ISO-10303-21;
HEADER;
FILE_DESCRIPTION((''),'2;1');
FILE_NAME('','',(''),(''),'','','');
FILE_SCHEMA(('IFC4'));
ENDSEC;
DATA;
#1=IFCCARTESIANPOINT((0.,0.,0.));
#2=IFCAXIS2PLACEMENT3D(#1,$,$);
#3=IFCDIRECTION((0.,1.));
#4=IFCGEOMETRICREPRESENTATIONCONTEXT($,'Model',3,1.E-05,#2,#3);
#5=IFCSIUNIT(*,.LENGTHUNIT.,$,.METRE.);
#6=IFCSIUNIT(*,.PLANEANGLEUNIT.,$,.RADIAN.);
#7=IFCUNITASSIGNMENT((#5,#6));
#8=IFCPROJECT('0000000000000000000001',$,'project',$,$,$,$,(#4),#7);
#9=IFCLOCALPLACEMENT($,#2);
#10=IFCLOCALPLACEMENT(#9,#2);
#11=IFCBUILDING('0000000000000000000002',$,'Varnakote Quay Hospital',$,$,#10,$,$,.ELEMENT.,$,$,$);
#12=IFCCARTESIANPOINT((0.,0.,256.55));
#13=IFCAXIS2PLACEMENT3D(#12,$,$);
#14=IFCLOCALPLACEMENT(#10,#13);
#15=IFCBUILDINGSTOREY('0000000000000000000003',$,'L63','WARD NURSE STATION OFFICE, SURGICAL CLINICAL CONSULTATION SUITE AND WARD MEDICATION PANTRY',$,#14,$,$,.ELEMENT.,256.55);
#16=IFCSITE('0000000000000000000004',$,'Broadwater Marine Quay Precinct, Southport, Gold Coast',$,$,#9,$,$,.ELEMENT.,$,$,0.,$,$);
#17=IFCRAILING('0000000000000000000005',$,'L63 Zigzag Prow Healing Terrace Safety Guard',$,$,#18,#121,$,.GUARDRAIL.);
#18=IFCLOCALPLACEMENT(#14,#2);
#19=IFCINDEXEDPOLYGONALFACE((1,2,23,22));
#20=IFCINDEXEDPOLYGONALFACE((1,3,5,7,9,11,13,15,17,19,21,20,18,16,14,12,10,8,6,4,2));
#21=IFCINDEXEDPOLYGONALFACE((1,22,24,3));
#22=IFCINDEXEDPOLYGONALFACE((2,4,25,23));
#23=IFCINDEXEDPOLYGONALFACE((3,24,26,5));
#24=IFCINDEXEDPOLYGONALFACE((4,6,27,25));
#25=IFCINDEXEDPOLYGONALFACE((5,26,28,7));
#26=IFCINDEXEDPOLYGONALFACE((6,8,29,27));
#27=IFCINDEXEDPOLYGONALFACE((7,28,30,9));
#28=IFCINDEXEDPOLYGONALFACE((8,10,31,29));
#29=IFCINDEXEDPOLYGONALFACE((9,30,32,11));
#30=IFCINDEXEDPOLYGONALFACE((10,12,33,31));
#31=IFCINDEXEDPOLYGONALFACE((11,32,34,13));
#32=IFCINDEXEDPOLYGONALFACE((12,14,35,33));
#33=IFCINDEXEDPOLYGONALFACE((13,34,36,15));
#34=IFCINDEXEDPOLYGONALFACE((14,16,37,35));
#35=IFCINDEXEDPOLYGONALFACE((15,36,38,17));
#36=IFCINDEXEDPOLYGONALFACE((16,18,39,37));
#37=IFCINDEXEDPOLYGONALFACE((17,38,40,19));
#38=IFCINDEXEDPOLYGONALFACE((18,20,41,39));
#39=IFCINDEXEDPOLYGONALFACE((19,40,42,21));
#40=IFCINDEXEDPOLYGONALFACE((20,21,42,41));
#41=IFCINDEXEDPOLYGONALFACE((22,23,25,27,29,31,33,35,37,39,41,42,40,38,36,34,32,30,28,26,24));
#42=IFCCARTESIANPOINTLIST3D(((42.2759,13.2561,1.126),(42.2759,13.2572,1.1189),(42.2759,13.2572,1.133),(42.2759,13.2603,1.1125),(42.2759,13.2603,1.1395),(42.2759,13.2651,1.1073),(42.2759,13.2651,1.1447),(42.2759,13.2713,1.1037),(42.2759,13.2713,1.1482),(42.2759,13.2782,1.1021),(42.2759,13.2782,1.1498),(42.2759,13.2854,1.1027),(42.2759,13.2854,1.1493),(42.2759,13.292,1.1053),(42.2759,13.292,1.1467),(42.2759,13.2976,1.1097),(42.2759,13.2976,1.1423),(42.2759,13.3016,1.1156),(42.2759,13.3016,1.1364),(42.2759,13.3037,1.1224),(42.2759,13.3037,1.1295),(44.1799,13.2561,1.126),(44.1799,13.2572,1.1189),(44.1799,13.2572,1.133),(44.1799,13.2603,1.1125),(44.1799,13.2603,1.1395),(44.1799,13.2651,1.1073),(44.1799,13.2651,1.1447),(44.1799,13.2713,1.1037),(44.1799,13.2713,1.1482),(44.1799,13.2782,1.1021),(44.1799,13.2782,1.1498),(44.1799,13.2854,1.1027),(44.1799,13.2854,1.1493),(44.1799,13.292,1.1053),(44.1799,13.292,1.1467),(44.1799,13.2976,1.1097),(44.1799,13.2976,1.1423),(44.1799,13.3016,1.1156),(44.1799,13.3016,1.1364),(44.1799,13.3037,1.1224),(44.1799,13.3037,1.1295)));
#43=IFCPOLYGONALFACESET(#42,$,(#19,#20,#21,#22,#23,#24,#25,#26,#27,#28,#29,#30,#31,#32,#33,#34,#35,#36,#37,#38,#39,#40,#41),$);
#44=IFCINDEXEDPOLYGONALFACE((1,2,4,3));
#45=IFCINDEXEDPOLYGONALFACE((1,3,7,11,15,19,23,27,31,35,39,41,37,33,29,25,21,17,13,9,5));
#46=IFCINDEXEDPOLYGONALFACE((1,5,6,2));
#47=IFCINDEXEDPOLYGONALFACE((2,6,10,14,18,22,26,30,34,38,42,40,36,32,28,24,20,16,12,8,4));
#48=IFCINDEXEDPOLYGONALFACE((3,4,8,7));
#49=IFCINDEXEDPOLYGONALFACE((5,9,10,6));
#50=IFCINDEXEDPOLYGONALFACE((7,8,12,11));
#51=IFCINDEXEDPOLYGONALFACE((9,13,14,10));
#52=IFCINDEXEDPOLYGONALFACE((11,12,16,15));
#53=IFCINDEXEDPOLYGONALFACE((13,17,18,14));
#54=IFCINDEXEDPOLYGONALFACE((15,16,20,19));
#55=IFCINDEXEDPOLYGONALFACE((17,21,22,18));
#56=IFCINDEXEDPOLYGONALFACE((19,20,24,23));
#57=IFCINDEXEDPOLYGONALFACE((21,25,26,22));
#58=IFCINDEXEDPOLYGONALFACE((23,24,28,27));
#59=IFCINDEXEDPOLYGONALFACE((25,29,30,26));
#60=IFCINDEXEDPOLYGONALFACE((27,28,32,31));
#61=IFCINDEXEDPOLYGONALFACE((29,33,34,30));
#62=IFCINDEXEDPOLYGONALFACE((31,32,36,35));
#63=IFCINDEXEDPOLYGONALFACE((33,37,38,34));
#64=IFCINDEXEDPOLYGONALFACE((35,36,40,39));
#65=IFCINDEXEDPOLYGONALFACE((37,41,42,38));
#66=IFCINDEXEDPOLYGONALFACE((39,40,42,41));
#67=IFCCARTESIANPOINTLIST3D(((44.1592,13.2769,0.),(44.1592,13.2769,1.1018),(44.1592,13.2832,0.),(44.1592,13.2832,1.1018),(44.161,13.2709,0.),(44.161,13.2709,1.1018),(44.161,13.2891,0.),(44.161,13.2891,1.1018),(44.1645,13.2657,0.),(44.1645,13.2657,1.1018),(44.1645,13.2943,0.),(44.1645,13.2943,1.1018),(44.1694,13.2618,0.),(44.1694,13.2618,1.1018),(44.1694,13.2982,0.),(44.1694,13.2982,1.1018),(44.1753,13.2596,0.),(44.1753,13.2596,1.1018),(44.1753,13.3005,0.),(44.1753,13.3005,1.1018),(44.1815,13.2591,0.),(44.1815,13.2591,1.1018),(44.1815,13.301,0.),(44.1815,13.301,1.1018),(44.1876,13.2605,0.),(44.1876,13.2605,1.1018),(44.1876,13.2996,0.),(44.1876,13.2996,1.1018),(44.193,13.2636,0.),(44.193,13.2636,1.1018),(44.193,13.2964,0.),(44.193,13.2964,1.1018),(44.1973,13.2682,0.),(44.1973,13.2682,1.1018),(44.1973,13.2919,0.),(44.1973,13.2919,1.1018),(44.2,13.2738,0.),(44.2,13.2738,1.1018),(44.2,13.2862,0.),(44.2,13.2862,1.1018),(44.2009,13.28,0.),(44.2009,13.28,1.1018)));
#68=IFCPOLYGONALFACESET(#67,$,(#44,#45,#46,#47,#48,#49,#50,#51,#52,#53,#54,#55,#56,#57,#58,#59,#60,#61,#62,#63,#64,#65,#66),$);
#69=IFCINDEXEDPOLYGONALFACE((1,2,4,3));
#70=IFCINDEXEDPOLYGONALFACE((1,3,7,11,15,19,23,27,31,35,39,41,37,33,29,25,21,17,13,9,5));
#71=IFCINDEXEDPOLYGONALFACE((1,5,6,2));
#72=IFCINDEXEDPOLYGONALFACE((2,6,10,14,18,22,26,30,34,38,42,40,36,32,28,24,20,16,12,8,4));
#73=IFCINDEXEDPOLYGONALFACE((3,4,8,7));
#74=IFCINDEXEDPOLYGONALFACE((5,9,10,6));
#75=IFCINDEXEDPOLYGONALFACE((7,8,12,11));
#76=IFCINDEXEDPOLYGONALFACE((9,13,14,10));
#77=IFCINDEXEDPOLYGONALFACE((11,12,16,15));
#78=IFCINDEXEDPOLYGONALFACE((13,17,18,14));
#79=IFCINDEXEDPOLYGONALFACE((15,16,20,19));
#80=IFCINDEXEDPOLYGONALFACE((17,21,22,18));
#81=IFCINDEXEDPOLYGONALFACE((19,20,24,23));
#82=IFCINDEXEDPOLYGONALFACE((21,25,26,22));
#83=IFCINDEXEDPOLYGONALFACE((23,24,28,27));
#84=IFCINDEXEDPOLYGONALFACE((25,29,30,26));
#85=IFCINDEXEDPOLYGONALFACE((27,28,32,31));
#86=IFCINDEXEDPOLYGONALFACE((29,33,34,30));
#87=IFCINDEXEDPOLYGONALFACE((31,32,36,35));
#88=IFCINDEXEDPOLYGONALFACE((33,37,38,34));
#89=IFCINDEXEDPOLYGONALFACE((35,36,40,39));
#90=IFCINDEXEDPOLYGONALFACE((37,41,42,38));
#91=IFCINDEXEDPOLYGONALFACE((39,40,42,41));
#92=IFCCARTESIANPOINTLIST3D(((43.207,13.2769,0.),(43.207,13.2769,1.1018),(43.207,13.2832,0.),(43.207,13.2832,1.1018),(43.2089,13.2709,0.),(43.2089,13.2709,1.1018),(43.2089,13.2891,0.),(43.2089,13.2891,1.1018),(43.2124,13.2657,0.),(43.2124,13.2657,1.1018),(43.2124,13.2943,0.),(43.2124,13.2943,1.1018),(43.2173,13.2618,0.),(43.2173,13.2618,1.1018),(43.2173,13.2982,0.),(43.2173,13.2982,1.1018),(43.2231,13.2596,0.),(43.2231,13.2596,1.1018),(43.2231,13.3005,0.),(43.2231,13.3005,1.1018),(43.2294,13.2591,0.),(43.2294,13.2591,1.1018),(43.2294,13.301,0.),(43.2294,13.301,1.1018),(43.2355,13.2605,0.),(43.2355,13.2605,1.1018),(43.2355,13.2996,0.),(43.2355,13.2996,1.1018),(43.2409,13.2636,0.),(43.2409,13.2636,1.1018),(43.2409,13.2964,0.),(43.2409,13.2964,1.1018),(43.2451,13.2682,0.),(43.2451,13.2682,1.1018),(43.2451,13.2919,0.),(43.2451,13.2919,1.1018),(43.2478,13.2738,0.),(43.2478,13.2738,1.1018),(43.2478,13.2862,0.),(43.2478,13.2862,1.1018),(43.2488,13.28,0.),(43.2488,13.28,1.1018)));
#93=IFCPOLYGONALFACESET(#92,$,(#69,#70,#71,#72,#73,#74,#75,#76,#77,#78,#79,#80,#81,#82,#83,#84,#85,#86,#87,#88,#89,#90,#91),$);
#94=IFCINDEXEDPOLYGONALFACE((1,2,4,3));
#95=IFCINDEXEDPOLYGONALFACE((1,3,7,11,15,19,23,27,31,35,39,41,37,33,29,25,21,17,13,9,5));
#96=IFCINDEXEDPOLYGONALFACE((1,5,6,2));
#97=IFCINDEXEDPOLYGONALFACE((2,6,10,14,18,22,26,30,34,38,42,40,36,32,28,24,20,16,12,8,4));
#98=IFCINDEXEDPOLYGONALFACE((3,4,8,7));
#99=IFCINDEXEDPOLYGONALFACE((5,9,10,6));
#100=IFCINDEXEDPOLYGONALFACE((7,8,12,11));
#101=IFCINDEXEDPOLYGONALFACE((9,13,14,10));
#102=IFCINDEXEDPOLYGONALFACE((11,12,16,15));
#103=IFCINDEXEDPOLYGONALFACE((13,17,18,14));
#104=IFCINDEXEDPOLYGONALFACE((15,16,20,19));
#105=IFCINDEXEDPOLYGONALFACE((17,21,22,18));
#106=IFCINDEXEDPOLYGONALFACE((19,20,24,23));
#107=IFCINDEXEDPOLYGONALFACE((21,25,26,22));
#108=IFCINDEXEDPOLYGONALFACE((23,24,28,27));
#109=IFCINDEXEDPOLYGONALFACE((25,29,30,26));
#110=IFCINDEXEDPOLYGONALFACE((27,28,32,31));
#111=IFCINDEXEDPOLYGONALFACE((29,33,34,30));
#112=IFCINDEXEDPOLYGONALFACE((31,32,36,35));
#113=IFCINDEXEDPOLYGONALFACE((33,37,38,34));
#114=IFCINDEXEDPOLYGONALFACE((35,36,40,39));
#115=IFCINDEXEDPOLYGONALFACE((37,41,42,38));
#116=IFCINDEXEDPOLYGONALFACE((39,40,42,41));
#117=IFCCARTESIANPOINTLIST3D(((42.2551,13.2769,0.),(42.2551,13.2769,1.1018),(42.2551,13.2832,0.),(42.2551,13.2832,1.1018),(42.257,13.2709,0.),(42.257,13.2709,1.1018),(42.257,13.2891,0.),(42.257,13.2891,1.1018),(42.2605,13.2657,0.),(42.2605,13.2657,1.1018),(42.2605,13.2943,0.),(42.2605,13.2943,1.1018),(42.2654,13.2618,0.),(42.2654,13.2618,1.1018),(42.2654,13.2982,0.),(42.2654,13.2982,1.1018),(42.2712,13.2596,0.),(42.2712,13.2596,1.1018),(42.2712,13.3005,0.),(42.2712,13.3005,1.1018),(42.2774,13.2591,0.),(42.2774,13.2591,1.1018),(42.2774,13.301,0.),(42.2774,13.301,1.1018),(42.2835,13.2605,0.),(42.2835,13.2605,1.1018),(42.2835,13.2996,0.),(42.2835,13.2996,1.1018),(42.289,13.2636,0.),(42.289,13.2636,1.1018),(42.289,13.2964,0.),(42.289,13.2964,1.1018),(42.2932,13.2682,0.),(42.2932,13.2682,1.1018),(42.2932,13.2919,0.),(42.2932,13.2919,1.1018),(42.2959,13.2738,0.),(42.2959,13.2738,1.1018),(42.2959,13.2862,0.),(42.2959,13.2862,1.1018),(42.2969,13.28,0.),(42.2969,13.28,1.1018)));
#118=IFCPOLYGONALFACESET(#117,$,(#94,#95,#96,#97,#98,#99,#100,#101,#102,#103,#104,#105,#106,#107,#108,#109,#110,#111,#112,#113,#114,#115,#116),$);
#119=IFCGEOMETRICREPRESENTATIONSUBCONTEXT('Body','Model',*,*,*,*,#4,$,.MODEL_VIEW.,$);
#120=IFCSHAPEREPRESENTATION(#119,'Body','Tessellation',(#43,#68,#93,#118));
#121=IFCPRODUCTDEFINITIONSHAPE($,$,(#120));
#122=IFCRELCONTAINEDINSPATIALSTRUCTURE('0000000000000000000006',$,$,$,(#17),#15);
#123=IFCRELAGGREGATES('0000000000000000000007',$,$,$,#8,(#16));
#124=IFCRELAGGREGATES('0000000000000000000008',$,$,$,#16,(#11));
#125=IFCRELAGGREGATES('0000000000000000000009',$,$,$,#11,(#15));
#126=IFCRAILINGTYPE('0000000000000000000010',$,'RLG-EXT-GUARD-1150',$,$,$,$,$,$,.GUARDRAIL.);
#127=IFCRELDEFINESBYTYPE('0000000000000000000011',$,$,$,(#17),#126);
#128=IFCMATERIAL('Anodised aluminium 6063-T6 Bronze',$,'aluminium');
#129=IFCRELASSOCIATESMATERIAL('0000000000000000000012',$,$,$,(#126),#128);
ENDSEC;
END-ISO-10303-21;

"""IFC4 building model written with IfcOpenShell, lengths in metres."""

from ifc_helpers import new_model, si_unit, direction, frame, origin, origin_2d, place, context, subcontext, project, spatial, circle, extrude, material, type_object, element, save


model = new_model("IFC4")

# Units and contexts
model_context = context("Model", 3, precision=1e-05, world=origin(), true_north=direction((0.0, 1.0)))
body_context = subcontext(model_context, "Body", "Model", "MODEL_VIEW")
ifc_project = project(units=[si_unit("LENGTHUNIT", "METRE"), si_unit("PLANEANGLEUNIT", "RADIAN")], contexts=[model_context])

# Site, building, storey
site_placement = place(None, origin())
site = spatial("IfcSite", under=ifc_project, at=site_placement, Name="Broadwater Marine Quay Precinct, Southport, Gold Coast", CompositionType="ELEMENT", RefElevation=0.0)
building_placement = place(site_placement, origin())
building = spatial("IfcBuilding", under=site, at=building_placement, Name="Varnakote Quay Hospital", CompositionType="ELEMENT")
storey_placement = place(building_placement, frame((0.0, 0.0, 256.55)))
storey = spatial("IfcBuildingStorey", under=building, at=storey_placement, Name="L63", Description="WARD NURSE STATION OFFICE, SURGICAL CLINICAL CONSULTATION SUITE AND WARD MEDICATION PANTRY", CompositionType="ELEMENT", Elevation=256.55)

# Railing
ifc_material_1 = material(Name="Anodised aluminium 6063-T6 Bronze", Category="aluminium")
railing_type = type_object("IfcRailingType", Name="RLG-EXT-GUARD-1150", PredefinedType="GUARDRAIL", material=ifc_material_1)
railing_1_placement = place(storey_placement, frame((44.1799, 13.28, 0.0)))
element("IfcRailing", 1, at=railing_1_placement, inside=storey, type_object=railing_type, Name="L63 Zigzag Prow Healing Terrace Safety Guard", PredefinedType="GUARDRAIL", context=body_context, shape_type="SweptSolid", body=[
    extrude(circle(Radius=0.0239, at=origin_2d()), frame((0.0, 0.0, 1.126), z_axis=(-1.0, 0.0, 0.0), x_axis=(0.0, -1.0, 0.0)), (0.0, 0.0, 1.0), 1.9041),
    extrude(circle(Radius=0.021, at=origin_2d()), origin(), (0.0, 0.0, 1.0), 1.1018),
    extrude(circle(Radius=0.021, at=origin_2d()), frame((-0.9521, 0.0, 0.0)), (0.0, 0.0, 1.0), 1.1018),
    extrude(circle(Radius=0.021, at=origin_2d()), frame((-1.9041, 0.0, 0.0)), (0.0, 0.0, 1.0), 1.1018),
])

save(model, "model.ifc")
